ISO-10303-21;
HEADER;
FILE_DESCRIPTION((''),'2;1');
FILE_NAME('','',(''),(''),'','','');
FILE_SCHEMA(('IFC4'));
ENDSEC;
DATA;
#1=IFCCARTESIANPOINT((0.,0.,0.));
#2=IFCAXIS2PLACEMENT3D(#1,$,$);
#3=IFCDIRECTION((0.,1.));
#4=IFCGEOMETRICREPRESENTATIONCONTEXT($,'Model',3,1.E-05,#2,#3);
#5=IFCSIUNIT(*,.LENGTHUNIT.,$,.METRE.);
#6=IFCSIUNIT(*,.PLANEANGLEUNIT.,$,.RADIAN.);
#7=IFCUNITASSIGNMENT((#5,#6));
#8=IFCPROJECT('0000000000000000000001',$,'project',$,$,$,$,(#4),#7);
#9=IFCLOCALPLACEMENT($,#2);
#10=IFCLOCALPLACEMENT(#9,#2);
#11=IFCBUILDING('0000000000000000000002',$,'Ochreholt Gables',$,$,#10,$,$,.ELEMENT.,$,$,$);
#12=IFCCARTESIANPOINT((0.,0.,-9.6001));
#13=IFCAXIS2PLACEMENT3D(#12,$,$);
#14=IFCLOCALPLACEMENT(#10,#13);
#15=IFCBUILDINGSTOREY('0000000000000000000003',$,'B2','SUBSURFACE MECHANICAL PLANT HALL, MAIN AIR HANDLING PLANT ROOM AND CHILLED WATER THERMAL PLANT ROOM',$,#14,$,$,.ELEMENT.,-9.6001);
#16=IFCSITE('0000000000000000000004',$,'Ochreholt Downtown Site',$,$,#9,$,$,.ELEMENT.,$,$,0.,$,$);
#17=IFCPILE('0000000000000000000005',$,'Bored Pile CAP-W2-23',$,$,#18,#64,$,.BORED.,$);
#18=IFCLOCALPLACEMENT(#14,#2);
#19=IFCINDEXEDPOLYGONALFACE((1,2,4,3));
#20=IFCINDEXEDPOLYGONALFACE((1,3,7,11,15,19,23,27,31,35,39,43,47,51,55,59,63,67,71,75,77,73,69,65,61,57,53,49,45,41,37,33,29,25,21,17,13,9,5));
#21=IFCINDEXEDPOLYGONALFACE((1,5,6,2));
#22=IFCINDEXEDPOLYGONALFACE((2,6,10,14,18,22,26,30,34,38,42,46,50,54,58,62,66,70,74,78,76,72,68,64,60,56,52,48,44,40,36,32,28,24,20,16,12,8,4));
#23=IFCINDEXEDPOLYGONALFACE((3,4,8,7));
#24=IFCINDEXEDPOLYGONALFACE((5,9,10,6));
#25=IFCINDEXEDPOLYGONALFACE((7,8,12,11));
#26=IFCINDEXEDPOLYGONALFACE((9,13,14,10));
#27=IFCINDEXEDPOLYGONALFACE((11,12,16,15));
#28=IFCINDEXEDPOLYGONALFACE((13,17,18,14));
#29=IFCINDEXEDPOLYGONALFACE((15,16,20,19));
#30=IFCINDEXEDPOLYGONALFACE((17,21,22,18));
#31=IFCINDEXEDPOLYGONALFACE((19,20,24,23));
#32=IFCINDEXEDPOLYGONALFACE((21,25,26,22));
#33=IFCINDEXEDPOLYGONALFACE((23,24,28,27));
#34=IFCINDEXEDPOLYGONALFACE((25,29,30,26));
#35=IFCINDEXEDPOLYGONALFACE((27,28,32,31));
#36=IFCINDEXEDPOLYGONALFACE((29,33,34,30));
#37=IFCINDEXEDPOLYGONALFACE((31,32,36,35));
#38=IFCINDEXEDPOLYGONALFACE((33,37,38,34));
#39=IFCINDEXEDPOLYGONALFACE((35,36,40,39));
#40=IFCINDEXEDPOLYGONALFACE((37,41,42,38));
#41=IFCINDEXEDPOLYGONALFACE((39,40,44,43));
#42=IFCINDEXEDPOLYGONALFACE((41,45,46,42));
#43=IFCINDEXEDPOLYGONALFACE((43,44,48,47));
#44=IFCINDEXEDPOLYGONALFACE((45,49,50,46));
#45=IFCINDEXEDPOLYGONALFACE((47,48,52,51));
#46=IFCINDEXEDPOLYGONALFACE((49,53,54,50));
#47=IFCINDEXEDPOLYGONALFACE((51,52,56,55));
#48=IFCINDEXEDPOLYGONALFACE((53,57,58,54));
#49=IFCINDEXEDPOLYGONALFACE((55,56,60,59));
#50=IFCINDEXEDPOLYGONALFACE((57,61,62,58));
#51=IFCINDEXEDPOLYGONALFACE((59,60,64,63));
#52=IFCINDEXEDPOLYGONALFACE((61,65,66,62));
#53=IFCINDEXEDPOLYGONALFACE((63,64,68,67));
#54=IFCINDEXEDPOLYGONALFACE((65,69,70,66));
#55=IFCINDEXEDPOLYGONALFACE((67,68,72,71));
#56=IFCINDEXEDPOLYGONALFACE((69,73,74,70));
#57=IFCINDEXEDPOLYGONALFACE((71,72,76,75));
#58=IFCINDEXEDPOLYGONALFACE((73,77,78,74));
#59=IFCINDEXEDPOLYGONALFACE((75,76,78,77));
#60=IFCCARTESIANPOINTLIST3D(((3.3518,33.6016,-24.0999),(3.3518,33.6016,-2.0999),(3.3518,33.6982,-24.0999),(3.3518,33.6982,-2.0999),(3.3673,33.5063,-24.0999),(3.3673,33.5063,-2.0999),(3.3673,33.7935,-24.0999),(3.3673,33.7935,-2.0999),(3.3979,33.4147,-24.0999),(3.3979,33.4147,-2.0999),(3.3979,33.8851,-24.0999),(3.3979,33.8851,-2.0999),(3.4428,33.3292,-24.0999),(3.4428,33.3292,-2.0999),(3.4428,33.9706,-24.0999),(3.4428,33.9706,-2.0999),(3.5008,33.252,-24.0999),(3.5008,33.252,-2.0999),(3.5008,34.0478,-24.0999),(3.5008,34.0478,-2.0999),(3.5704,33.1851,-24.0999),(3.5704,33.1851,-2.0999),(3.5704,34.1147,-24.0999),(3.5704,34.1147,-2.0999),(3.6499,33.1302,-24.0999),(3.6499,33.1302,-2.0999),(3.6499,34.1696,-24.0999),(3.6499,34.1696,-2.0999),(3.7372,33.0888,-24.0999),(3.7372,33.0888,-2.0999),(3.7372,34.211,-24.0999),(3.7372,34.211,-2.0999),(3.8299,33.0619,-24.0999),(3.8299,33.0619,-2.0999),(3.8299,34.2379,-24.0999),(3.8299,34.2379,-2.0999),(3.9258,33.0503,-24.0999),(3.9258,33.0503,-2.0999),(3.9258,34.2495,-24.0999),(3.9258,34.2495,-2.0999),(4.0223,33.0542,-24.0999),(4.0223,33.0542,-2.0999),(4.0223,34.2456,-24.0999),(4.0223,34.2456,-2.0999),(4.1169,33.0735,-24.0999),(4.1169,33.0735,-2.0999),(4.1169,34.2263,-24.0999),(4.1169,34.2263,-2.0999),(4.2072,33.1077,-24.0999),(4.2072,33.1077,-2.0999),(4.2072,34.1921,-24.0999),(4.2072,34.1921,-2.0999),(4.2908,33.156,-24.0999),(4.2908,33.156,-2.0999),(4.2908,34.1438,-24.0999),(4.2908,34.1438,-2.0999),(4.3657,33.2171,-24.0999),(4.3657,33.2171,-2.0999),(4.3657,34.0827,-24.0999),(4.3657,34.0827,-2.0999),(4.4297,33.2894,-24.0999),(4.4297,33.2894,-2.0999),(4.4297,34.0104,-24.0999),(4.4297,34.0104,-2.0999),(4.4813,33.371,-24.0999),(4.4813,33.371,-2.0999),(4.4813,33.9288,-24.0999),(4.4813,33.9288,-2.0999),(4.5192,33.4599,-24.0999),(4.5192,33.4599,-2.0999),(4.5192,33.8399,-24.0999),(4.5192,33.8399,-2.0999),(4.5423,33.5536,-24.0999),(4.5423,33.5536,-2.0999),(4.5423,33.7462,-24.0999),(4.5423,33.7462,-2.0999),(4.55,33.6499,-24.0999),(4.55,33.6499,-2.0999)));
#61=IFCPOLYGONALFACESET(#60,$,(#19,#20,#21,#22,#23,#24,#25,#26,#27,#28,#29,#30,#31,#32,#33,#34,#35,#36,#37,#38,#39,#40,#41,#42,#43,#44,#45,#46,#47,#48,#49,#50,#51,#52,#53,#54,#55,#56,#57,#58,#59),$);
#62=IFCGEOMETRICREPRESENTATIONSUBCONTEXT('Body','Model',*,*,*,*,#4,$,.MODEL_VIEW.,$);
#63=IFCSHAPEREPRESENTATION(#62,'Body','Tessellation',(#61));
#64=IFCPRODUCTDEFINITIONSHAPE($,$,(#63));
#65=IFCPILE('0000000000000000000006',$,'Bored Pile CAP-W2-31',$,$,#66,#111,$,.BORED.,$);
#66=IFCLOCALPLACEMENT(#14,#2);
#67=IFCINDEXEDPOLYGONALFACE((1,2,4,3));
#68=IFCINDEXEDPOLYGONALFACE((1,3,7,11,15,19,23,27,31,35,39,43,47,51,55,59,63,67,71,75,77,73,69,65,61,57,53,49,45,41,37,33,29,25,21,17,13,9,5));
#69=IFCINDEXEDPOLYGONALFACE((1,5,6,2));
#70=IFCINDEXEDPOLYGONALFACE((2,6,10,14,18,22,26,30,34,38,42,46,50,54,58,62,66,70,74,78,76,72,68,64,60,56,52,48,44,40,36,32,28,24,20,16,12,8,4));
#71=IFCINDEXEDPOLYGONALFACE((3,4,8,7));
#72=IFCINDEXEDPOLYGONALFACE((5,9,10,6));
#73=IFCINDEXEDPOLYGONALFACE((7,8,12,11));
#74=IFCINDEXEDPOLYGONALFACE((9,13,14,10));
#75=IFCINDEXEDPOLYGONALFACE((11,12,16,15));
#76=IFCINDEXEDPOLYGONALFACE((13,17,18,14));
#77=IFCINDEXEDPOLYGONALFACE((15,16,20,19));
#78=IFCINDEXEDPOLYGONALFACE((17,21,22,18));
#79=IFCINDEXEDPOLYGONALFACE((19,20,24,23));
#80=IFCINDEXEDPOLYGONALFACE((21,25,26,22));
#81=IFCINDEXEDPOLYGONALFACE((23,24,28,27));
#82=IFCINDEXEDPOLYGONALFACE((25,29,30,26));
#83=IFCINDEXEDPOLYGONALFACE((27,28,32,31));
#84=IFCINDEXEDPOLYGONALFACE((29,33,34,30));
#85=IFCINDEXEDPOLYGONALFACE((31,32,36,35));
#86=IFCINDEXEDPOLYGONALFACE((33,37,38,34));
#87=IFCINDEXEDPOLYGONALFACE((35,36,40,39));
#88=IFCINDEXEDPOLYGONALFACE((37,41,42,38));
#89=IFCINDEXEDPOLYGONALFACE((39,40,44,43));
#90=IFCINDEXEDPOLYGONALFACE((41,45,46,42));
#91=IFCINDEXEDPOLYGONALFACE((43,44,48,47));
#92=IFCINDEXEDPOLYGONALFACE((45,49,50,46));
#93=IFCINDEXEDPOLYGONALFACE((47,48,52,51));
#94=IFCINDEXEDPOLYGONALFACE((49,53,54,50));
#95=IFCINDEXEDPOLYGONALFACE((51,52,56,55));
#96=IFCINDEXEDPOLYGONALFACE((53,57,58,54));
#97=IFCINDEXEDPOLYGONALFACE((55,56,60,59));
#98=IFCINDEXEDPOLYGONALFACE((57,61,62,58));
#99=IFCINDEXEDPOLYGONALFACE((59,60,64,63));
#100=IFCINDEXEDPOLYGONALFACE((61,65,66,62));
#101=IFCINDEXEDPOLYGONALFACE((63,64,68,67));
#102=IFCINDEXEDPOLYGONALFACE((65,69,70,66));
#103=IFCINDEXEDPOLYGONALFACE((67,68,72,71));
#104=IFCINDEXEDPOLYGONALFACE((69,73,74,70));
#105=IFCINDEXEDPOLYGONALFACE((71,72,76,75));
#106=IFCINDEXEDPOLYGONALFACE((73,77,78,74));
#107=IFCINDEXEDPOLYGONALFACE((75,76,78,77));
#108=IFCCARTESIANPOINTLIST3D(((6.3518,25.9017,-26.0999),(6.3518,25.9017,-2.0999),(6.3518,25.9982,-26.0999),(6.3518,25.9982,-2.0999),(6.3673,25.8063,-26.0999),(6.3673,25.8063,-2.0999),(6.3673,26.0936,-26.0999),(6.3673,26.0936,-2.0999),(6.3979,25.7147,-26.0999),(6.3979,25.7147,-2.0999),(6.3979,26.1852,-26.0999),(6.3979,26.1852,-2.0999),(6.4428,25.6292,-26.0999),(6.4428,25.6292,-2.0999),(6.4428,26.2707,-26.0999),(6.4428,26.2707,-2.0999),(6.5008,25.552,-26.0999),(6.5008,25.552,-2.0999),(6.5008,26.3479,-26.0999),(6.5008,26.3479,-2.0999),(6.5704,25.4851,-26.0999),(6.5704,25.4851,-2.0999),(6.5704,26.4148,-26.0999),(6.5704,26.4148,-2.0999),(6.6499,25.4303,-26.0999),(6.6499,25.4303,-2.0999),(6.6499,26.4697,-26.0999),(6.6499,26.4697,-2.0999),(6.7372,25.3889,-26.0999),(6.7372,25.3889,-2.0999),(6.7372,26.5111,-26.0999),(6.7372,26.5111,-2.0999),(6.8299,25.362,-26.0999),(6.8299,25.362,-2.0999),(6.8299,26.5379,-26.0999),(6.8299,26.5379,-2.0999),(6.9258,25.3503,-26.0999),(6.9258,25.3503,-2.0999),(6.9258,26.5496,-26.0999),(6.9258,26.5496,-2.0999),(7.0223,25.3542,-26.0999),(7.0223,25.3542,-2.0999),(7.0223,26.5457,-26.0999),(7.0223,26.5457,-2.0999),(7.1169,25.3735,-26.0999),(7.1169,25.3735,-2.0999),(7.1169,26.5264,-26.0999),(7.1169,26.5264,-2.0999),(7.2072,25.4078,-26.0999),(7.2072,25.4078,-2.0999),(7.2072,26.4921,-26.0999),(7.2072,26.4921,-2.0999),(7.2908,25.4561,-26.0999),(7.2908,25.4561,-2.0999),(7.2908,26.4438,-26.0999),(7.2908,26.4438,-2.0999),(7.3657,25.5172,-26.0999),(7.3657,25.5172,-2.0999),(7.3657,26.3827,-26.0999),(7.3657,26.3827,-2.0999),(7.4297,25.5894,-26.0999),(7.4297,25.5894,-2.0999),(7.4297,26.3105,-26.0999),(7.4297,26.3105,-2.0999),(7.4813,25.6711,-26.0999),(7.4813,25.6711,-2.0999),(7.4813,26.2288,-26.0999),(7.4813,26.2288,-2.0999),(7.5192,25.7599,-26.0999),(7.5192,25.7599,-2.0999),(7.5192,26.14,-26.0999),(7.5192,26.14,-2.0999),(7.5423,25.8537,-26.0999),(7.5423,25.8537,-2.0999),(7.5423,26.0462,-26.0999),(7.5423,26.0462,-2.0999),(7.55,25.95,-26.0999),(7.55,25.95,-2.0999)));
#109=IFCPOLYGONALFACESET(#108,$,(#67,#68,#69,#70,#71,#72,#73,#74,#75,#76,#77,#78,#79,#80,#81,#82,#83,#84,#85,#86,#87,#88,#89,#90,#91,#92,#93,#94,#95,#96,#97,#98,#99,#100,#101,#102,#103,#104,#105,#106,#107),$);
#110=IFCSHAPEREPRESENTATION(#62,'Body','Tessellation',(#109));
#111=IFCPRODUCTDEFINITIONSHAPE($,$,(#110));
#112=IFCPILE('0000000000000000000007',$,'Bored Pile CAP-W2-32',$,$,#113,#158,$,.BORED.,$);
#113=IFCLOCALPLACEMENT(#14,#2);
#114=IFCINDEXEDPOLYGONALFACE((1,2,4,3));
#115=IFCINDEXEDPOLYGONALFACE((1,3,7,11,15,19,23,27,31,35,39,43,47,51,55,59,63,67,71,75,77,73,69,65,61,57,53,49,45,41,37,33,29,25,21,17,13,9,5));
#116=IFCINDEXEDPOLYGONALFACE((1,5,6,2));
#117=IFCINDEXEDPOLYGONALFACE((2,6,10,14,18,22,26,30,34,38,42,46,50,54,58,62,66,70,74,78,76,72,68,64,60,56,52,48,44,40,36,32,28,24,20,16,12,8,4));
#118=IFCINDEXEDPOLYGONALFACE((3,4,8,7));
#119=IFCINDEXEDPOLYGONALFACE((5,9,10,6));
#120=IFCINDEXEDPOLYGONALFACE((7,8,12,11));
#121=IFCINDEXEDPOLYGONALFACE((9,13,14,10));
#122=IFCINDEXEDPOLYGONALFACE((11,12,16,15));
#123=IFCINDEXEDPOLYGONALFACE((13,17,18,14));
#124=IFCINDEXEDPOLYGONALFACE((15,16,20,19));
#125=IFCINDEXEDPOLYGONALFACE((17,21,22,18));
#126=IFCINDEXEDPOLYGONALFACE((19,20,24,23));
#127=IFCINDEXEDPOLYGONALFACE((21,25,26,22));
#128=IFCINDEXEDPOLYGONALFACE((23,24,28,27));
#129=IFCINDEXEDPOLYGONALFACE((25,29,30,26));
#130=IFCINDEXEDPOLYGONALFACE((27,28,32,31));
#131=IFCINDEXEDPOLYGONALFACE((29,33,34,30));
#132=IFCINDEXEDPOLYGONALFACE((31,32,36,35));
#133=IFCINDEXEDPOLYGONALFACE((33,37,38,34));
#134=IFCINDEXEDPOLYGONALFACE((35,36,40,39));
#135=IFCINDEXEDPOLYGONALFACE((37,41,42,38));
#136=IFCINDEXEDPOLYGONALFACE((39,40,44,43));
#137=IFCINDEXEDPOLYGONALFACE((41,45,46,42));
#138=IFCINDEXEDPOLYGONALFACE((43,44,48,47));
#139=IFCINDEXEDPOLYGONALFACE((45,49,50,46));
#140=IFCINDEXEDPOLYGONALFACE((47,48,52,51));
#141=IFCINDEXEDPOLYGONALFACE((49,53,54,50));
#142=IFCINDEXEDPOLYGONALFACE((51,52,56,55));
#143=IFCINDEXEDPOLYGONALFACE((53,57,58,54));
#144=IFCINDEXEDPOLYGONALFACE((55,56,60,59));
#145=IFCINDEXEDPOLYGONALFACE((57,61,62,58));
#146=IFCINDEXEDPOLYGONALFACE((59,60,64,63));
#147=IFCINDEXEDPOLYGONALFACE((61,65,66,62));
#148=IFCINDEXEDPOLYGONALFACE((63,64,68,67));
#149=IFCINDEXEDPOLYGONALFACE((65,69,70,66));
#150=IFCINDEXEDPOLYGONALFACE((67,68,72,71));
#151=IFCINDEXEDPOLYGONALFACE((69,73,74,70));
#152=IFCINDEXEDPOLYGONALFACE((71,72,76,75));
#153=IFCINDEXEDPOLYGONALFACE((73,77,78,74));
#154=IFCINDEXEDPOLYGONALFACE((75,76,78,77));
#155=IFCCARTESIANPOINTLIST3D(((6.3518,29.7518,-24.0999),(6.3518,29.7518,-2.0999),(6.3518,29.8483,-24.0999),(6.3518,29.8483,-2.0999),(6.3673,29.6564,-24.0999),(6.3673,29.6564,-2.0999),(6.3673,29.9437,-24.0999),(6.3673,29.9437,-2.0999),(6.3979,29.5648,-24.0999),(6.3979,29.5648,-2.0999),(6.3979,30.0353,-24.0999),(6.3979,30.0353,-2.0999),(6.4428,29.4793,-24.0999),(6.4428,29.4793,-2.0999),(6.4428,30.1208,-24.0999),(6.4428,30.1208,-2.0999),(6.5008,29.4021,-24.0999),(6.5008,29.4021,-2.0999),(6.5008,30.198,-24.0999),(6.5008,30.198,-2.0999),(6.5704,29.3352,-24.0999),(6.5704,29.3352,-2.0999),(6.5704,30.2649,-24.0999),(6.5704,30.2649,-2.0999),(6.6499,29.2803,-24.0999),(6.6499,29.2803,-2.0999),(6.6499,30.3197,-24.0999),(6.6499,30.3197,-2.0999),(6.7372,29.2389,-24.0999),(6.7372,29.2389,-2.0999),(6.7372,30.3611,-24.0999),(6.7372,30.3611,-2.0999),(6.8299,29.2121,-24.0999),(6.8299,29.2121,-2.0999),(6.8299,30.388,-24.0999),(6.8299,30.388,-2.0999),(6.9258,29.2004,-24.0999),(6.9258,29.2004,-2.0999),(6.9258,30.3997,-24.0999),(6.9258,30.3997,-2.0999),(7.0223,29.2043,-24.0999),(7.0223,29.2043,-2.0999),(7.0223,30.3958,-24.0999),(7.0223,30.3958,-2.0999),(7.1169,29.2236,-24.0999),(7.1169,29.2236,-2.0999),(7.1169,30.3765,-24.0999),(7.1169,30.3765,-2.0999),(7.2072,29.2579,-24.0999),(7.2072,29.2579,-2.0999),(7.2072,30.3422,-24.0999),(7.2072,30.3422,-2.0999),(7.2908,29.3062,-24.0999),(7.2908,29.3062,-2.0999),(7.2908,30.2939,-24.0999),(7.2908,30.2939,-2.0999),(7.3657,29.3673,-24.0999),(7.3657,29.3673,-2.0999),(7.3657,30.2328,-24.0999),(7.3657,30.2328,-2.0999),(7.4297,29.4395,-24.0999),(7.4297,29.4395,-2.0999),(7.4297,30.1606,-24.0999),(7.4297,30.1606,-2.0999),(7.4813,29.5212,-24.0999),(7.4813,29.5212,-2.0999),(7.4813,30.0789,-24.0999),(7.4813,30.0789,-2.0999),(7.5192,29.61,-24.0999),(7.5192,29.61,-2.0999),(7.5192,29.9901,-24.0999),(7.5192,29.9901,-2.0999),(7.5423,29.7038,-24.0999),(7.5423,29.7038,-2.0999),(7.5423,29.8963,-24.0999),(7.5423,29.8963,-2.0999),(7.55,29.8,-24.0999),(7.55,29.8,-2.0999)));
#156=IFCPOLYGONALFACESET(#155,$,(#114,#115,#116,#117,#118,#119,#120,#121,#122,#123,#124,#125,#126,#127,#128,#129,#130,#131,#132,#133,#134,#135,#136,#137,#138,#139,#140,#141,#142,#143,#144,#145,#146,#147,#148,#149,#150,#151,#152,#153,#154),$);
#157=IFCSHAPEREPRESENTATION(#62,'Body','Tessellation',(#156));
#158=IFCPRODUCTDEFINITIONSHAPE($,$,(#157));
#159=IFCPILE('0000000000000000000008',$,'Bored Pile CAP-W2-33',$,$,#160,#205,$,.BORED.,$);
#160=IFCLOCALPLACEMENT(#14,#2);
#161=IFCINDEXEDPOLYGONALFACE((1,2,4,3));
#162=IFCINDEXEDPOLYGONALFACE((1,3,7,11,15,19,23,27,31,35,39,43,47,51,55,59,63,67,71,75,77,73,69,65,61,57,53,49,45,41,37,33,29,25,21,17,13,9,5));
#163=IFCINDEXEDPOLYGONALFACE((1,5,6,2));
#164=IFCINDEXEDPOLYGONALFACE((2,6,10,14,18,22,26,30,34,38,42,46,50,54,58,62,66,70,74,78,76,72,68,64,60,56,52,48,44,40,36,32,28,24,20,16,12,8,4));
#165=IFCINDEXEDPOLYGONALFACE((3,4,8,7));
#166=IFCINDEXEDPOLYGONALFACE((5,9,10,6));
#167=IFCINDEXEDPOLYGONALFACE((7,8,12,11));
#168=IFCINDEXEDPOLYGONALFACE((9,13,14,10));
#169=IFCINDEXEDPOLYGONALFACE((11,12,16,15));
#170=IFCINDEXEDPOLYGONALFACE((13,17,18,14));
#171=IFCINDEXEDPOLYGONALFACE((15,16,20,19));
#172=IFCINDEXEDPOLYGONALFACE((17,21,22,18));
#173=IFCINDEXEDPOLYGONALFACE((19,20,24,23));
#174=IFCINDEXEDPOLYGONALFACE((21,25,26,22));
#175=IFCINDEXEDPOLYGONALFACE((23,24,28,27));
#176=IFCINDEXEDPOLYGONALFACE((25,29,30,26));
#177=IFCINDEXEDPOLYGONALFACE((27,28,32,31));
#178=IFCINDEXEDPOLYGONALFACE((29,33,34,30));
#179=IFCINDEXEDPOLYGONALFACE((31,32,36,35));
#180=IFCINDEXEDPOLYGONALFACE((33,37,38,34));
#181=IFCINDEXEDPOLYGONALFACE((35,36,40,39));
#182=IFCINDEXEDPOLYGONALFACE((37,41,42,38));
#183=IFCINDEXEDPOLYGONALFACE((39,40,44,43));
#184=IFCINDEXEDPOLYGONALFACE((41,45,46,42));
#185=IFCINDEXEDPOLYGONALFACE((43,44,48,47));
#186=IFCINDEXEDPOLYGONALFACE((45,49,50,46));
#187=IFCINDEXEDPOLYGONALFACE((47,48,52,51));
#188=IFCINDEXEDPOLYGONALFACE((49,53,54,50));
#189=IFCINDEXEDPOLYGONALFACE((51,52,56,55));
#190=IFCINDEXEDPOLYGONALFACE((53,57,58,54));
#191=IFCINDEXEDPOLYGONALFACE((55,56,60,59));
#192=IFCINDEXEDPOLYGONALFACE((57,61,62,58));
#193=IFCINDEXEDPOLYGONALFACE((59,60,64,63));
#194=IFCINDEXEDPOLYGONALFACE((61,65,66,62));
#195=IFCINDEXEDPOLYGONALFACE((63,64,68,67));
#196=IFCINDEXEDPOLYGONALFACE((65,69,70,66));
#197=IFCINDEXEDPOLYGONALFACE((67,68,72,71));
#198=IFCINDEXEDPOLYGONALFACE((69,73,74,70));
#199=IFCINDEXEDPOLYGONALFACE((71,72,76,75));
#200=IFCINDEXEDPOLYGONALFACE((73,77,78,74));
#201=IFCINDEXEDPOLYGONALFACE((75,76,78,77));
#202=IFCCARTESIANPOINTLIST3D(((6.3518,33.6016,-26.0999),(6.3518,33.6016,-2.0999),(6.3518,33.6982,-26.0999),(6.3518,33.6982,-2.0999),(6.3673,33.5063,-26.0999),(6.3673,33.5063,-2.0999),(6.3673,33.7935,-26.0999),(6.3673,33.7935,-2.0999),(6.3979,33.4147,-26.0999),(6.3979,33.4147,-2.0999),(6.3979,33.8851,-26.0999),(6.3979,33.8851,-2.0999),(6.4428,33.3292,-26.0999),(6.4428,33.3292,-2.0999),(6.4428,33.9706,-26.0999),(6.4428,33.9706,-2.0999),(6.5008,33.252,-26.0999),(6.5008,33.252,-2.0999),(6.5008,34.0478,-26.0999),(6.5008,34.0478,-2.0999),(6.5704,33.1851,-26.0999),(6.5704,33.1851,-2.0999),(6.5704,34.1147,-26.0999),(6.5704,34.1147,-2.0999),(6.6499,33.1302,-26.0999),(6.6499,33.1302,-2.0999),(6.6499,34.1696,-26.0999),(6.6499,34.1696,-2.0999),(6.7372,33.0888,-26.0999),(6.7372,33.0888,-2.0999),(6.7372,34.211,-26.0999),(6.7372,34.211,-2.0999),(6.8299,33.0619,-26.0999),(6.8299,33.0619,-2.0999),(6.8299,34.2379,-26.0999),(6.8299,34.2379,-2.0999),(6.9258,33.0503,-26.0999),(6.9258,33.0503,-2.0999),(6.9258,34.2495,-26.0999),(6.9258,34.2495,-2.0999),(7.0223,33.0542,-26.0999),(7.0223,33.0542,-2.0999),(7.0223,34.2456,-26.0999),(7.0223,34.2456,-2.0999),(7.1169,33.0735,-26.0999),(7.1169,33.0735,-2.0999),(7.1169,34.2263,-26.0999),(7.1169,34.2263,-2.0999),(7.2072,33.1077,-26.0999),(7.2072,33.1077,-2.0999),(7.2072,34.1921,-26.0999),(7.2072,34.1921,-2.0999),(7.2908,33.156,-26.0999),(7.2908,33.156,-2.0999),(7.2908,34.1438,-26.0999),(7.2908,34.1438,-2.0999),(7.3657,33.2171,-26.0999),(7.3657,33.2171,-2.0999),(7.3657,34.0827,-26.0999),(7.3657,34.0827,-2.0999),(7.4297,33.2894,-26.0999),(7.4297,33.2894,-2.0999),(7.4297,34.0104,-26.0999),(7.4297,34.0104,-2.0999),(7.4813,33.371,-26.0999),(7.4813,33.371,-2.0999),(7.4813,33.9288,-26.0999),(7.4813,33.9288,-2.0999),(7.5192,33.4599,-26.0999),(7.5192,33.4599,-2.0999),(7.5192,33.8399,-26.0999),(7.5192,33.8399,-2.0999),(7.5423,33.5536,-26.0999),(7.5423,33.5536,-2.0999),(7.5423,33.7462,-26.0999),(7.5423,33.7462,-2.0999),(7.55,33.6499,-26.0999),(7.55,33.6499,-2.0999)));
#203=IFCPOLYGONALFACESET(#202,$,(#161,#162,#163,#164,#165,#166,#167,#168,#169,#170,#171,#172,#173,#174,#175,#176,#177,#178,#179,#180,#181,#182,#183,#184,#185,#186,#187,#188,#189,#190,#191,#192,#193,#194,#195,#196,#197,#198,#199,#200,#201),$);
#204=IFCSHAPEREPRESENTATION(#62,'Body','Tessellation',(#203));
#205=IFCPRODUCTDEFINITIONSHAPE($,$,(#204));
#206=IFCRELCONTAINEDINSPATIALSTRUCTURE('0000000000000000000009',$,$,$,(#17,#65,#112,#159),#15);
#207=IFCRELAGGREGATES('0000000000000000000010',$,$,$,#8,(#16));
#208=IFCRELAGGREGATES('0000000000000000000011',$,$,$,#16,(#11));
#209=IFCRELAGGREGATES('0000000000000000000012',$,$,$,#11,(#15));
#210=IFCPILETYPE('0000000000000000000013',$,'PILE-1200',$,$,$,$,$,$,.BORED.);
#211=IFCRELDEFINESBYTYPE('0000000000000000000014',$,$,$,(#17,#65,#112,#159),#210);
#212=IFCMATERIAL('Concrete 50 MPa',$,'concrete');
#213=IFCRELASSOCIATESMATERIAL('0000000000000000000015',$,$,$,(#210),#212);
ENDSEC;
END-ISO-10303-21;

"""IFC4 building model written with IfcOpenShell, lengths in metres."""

from ifc_helpers import new_model, si_unit, direction, frame, origin, origin_2d, place, context, subcontext, project, spatial, circle, extrude, material, material_profile, profile_set, type_object, element, save


model = new_model("IFC4")

# Units and contexts
model_context = context("Model", 3, precision=1e-05, world=origin(), true_north=direction((0.0, 1.0)))
body_context = subcontext(model_context, "Body", "Model", "MODEL_VIEW")
ifc_project = project(units=[si_unit("LENGTHUNIT", "METRE"), si_unit("PLANEANGLEUNIT", "RADIAN")], contexts=[model_context])

# Site, building, storey
site_placement = place(None, origin())
site = spatial("IfcSite", under=ifc_project, at=site_placement, Name="Ochreholt Downtown Site", CompositionType="ELEMENT", RefElevation=0.0)
building_placement = place(site_placement, origin())
building = spatial("IfcBuilding", under=site, at=building_placement, Name="Ochreholt Gables", CompositionType="ELEMENT")
storey_placement = place(building_placement, frame((0.0, 0.0, -9.6001)))
storey = spatial("IfcBuildingStorey", under=building, at=storey_placement, Name="B2", Description="SUBSURFACE MECHANICAL PLANT HALL, MAIN AIR HANDLING PLANT ROOM AND CHILLED WATER THERMAL PLANT ROOM", CompositionType="ELEMENT", Elevation=-9.6001)

# Shared definitions
ifc_material_1 = material(Name="Concrete 50 MPa", Category="concrete")

# Piles
ifc_material_profile_1 = material_profile(ifc_material_1, circle(Radius=0.6001, at=origin_2d()), Name="PILE1200")
ifc_profile_set_1 = profile_set([ifc_material_profile_1], Name="Concrete 50 MPa")
pile_type = type_object("IfcPileType", Name="PILE-1200", PredefinedType="BORED", material=ifc_profile_set_1)
pile_1_placement = place(storey_placement, frame((3.95, 33.6499, -2.0999), z_axis=(0.0, 0.0, -1.0), x_axis=(1.0, 0.0, 0.0)))
element("IfcPile", 1, at=pile_1_placement, inside=storey, type_object=pile_type, Name="Bored Pile CAP-W2-23", PredefinedType="BORED", context=body_context, shape_type="SweptSolid", body=[
    extrude(circle(Radius=0.6001, at=origin_2d()), origin(), (0.0, 0.0, 1.0), 22.0),
])
pile_2_placement = place(storey_placement, frame((6.95, 25.95, -2.0999), z_axis=(0.0, 0.0, -1.0), x_axis=(1.0, 0.0, 0.0)))
element("IfcPile", 2, at=pile_2_placement, inside=storey, type_object=pile_type, Name="Bored Pile CAP-W2-31", PredefinedType="BORED", context=body_context, shape_type="SweptSolid", body=[
    extrude(circle(Radius=0.6001, at=origin_2d()), origin(), (0.0, 0.0, 1.0), 24.0),
])
pile_3_placement = place(storey_placement, frame((6.95, 29.8, -2.0999), z_axis=(0.0, 0.0, -1.0), x_axis=(1.0, 0.0, 0.0)))
element("IfcPile", 3, at=pile_3_placement, inside=storey, type_object=pile_type, Name="Bored Pile CAP-W2-32", PredefinedType="BORED", context=body_context, shape_type="SweptSolid", body=[
    extrude(circle(Radius=0.6001, at=origin_2d()), origin(), (0.0, 0.0, 1.0), 22.0),
])
pile_4_placement = place(storey_placement, frame((6.95, 33.6499, -2.0999), z_axis=(0.0, 0.0, -1.0), x_axis=(1.0, 0.0, 0.0)))
element("IfcPile", 4, at=pile_4_placement, inside=storey, type_object=pile_type, Name="Bored Pile CAP-W2-33", PredefinedType="BORED", context=body_context, shape_type="SweptSolid", body=[
    extrude(circle(Radius=0.6001, at=origin_2d()), origin(), (0.0, 0.0, 1.0), 24.0),
])

save(model, "model.ifc")
